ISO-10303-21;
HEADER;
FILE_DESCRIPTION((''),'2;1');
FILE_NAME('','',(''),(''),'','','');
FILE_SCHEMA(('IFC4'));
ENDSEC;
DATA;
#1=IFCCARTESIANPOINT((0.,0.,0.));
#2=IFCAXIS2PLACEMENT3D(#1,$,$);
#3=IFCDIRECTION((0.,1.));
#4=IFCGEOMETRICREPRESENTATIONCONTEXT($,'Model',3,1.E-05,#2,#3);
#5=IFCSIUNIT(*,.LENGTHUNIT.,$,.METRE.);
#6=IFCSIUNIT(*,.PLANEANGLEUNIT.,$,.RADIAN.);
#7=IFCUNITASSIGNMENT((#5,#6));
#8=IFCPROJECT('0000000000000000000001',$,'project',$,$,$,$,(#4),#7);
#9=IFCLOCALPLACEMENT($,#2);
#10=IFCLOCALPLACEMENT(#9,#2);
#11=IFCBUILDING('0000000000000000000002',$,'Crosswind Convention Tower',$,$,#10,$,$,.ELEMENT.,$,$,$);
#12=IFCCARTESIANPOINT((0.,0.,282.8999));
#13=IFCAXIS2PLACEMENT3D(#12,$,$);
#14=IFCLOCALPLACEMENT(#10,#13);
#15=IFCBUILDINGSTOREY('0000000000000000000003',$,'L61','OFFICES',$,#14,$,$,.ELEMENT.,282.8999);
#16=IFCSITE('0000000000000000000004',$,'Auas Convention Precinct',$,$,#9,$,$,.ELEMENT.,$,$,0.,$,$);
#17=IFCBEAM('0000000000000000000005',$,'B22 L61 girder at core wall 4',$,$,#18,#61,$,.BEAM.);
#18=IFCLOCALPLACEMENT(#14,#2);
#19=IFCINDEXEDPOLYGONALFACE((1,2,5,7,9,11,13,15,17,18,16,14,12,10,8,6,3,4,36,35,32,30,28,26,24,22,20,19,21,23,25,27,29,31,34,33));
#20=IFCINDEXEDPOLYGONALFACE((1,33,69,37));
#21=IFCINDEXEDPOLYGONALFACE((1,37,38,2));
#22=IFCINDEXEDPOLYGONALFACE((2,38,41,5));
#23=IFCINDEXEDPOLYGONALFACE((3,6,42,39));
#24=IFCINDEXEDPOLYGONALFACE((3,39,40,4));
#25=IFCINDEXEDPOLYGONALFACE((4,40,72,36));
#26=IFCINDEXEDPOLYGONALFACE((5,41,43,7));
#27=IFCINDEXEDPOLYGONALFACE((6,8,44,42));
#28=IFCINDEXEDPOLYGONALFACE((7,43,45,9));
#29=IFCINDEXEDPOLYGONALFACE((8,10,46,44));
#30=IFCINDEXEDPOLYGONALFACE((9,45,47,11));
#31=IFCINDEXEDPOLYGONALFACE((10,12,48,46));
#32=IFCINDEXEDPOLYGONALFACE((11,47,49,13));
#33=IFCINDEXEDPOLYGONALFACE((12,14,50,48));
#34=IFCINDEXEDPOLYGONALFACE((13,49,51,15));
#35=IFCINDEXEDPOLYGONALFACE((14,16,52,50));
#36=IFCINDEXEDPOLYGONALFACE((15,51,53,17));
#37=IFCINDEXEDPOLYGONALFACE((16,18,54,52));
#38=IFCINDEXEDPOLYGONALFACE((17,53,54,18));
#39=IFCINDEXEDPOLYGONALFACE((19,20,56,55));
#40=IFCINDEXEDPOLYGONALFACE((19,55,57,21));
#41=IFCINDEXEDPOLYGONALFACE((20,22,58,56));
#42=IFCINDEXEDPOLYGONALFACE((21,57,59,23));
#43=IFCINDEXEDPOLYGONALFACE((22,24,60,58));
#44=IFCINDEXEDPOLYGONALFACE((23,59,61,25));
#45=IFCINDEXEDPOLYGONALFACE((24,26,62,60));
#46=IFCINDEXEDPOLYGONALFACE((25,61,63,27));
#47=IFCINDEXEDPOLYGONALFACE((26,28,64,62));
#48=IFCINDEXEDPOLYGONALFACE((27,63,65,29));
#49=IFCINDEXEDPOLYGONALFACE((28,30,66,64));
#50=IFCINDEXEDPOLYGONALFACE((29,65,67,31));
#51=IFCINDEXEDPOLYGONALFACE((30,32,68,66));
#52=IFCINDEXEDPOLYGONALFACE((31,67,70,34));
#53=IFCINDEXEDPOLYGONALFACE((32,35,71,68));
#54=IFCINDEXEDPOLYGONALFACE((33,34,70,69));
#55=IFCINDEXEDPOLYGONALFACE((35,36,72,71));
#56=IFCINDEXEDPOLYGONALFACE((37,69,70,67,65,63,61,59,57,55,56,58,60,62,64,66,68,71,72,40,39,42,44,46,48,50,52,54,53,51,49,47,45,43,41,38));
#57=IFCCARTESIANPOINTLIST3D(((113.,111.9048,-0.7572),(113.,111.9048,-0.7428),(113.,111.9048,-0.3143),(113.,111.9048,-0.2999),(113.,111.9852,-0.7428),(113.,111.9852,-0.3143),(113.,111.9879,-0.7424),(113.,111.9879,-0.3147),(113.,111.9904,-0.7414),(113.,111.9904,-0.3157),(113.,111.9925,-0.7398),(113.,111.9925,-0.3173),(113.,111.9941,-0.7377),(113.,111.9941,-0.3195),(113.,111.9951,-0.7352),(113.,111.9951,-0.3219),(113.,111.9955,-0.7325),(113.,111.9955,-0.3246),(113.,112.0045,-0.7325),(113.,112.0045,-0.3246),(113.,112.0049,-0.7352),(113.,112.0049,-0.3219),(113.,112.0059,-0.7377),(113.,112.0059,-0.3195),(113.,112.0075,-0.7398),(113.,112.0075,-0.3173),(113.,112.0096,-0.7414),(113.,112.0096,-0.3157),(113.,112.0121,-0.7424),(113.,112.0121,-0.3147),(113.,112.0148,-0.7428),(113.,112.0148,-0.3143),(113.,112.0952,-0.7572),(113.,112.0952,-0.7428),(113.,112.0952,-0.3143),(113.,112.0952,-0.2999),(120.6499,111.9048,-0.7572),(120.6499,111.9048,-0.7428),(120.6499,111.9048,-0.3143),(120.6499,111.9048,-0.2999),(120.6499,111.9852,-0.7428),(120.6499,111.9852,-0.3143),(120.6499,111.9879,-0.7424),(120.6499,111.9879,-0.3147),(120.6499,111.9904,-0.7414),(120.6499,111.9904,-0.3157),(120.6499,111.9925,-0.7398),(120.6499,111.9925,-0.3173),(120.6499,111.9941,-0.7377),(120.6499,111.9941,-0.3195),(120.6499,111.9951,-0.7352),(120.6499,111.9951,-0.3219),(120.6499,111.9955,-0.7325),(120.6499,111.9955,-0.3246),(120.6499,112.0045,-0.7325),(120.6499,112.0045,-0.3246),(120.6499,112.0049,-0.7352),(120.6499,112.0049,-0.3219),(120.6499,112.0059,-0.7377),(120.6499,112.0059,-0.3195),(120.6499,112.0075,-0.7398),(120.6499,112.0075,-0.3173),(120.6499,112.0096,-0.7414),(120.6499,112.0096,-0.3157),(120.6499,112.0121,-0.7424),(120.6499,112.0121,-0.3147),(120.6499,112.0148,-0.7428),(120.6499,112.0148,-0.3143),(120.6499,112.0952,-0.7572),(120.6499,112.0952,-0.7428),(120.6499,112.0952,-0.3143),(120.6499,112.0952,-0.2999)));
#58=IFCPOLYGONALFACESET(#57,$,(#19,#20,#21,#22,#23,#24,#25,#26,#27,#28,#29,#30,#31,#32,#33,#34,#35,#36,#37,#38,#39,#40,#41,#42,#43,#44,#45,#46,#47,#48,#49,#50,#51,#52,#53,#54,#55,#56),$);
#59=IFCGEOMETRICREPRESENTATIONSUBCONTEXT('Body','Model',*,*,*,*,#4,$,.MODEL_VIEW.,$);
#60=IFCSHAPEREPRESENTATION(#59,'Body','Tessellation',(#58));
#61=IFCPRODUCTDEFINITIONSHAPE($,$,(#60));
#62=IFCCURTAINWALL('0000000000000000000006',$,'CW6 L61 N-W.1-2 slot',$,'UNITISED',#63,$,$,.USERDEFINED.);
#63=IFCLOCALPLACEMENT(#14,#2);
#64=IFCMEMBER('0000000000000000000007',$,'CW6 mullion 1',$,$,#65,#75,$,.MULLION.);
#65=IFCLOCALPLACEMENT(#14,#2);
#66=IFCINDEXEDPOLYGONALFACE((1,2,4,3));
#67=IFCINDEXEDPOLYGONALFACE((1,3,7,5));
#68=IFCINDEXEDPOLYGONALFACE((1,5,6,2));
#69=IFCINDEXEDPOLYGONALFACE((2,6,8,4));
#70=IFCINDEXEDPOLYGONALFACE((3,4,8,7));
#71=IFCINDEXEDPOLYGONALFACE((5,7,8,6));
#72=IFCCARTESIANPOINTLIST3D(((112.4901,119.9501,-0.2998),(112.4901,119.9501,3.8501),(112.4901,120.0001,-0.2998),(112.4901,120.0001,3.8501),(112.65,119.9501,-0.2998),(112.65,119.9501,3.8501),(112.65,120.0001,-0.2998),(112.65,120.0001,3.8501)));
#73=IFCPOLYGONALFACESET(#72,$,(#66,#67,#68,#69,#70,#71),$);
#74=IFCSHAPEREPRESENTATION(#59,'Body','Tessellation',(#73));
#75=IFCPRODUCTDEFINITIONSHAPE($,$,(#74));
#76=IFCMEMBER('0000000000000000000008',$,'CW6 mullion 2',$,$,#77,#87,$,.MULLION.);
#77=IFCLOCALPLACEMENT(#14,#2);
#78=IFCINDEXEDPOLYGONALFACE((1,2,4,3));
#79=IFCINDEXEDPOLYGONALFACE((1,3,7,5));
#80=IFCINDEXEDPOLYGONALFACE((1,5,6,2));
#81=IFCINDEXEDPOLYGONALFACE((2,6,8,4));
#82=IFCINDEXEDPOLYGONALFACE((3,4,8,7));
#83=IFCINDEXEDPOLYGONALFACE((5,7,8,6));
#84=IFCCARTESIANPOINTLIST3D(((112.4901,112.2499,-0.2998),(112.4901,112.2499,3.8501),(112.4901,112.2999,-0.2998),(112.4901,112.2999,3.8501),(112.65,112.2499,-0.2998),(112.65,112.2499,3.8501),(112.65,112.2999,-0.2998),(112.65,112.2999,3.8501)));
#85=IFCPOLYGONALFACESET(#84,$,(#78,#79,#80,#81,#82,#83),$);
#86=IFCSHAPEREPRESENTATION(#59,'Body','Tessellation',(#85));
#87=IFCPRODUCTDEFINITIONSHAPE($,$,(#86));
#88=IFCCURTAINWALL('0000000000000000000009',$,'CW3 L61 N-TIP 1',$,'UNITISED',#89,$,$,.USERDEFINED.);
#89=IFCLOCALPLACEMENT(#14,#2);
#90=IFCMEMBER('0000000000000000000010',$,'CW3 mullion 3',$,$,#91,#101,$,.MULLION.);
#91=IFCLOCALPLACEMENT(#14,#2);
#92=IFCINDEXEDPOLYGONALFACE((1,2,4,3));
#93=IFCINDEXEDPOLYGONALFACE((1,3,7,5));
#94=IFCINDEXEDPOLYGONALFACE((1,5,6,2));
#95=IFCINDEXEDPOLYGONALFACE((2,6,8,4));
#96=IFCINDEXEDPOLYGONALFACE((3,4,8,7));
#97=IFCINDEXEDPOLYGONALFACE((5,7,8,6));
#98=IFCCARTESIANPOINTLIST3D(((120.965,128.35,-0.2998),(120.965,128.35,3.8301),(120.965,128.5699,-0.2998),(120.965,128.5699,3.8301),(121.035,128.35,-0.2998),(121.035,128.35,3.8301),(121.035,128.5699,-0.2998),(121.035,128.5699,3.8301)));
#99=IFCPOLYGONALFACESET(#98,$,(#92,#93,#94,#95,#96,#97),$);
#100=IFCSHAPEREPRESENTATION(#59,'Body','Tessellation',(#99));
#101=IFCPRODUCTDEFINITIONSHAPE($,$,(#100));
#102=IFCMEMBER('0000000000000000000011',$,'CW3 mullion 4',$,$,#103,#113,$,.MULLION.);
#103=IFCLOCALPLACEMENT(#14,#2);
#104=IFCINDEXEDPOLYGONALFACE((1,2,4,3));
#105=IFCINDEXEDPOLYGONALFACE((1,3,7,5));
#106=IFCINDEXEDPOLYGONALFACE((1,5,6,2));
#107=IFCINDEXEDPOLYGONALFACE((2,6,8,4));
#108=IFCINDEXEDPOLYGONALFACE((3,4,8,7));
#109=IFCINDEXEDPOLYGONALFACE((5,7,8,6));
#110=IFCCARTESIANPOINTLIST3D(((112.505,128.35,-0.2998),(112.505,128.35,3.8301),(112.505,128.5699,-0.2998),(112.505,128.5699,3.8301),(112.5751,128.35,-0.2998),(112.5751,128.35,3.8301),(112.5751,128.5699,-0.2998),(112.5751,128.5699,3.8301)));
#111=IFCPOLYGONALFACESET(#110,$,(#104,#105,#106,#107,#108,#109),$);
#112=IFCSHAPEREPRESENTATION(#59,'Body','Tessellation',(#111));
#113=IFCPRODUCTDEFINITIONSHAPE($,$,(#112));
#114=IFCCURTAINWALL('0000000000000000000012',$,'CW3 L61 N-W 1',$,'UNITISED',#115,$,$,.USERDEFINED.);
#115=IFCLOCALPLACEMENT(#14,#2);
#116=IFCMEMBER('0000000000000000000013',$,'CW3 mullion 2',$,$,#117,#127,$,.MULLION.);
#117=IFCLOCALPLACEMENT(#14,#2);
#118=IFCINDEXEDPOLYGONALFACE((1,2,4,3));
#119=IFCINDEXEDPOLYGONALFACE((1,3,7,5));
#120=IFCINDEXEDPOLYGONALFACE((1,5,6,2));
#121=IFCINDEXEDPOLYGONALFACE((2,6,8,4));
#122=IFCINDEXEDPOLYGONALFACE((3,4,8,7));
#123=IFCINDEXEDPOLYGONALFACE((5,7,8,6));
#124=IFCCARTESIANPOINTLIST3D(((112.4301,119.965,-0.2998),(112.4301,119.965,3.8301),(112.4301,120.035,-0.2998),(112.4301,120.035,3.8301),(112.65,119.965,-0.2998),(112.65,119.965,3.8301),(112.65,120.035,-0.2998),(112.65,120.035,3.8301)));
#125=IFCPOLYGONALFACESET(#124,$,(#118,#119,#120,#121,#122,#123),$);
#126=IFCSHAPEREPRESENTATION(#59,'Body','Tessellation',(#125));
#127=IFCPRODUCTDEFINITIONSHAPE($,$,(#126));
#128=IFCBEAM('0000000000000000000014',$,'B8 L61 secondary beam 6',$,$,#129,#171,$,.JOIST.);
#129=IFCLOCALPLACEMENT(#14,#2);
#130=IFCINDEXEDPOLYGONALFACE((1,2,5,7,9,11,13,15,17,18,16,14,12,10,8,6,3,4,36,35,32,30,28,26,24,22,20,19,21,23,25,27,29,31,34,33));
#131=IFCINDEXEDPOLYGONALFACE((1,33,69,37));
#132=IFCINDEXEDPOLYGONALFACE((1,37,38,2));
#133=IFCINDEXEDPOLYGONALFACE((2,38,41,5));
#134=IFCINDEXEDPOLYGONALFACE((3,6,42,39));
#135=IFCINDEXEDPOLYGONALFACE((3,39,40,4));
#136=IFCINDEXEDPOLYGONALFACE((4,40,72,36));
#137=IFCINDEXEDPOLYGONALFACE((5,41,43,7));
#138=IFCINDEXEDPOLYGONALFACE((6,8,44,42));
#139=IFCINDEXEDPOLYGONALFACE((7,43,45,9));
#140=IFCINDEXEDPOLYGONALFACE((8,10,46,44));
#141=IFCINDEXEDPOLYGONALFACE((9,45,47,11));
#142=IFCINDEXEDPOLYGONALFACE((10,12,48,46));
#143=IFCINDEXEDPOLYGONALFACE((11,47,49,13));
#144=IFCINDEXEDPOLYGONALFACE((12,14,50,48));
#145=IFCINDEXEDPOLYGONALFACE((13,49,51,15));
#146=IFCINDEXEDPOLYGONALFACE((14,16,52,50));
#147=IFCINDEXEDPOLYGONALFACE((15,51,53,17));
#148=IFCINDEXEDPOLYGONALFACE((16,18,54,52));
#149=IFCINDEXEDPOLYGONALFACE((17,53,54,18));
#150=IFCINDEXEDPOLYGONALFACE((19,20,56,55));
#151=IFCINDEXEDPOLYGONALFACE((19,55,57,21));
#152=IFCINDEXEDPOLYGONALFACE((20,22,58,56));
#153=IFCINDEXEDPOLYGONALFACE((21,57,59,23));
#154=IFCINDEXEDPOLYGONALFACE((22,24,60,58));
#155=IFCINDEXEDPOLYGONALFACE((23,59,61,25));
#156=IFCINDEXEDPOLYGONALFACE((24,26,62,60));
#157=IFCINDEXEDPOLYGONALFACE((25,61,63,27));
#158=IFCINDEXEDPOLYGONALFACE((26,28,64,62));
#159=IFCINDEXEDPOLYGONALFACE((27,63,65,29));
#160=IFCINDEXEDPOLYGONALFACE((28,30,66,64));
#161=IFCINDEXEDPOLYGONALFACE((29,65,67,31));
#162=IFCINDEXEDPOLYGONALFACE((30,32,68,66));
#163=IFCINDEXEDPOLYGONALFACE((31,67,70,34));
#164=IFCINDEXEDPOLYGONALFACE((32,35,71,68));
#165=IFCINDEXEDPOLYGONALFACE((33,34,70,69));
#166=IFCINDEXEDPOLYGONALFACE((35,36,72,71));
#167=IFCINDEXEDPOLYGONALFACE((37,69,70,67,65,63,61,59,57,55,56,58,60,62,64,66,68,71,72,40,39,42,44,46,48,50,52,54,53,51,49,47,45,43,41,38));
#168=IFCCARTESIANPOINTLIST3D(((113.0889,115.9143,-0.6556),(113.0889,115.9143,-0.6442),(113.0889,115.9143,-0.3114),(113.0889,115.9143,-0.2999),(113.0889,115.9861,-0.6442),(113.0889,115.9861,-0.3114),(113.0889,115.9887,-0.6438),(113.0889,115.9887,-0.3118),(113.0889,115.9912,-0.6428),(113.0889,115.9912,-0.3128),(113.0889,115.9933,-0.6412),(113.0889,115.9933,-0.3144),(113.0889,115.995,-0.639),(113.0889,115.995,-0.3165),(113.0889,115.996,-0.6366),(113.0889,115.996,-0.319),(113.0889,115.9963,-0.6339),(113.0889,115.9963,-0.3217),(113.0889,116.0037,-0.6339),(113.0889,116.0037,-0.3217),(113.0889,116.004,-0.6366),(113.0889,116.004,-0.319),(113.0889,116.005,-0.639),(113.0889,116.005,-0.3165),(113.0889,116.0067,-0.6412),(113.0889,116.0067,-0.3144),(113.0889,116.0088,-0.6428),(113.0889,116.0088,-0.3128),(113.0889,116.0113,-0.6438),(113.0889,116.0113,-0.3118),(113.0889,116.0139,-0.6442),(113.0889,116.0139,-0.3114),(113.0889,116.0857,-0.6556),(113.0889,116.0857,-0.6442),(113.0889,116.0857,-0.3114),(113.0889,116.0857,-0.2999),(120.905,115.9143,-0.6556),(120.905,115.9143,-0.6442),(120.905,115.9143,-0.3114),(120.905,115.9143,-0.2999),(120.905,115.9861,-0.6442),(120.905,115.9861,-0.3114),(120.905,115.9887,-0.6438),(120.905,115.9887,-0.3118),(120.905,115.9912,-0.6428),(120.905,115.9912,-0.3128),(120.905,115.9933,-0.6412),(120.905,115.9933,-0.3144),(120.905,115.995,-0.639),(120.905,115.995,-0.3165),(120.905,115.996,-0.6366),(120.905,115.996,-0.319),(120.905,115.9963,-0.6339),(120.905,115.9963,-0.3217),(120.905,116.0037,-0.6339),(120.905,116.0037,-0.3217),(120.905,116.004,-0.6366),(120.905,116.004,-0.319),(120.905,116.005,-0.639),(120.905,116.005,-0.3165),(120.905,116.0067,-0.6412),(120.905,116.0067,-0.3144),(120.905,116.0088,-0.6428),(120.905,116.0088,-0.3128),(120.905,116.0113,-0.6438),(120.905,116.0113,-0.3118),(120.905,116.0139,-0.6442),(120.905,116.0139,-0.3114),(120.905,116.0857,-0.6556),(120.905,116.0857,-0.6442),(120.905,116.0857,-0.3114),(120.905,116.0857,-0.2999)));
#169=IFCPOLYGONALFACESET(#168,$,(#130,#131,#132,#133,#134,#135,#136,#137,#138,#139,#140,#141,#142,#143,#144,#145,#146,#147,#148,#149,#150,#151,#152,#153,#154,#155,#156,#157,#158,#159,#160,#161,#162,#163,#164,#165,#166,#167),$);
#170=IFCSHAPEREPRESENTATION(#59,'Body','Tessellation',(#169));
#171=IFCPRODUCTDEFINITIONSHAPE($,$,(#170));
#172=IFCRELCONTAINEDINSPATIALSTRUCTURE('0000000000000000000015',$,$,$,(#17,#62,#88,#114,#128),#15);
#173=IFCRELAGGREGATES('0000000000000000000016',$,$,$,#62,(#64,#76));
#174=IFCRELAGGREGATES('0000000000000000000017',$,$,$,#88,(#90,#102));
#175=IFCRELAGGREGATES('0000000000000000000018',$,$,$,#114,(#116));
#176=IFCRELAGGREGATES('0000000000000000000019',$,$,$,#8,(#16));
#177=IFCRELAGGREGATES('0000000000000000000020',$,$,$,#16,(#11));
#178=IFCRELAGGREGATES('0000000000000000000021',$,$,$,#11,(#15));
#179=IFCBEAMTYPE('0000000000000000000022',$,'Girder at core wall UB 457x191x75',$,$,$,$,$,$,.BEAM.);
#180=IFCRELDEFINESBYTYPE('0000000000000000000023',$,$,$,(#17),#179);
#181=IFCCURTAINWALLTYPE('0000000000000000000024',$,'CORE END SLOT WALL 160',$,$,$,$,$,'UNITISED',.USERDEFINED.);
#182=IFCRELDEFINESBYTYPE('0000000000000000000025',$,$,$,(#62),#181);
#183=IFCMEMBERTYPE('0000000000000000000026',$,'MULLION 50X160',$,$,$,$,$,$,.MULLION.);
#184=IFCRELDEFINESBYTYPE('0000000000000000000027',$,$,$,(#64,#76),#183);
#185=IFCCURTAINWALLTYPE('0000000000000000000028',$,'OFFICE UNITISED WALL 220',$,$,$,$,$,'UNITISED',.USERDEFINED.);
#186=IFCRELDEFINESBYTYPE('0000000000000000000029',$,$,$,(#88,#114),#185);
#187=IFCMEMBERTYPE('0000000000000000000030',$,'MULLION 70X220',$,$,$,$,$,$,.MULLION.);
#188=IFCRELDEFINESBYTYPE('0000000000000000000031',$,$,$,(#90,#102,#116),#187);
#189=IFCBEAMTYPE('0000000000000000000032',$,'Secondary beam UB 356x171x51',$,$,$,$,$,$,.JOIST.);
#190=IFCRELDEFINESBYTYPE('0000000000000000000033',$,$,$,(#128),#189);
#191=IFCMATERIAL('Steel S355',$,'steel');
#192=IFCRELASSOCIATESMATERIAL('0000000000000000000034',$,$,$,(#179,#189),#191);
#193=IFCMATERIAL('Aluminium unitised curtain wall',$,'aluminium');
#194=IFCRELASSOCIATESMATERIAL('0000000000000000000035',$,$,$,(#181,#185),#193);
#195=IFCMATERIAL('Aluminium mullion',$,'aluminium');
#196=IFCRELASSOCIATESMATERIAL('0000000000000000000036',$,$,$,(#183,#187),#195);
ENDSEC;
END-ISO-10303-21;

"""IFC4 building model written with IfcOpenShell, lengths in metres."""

from ifc_helpers import new_model, si_unit, direction, frame, origin, origin_2d, place, context, subcontext, project, spatial, rectangle, i_section, extrude, material, material_profile, profile_set, type_object, element, aggregate, save


model = new_model("IFC4")

# Units and contexts
model_context = context("Model", 3, precision=1e-05, world=origin(), true_north=direction((0.0, 1.0)))
body_context = subcontext(model_context, "Body", "Model", "MODEL_VIEW")
ifc_project = project(units=[si_unit("LENGTHUNIT", "METRE"), si_unit("PLANEANGLEUNIT", "RADIAN")], contexts=[model_context])

# Site, building, storey
site_placement = place(None, origin())
site = spatial("IfcSite", under=ifc_project, at=site_placement, Name="Auas Convention Precinct", CompositionType="ELEMENT", RefElevation=0.0)
building_placement = place(site_placement, origin())
building = spatial("IfcBuilding", under=site, at=building_placement, Name="Crosswind Convention Tower", CompositionType="ELEMENT")
storey_placement = place(building_placement, frame((0.0, 0.0, 282.8999)))
storey = spatial("IfcBuildingStorey", under=building, at=storey_placement, Name="L61", Description="OFFICES", CompositionType="ELEMENT", Elevation=282.8999)

# Beam
ifc_material_1 = material(Name="Steel S355", Category="steel")
ifc_material_profile_1 = material_profile(ifc_material_1, i_section(OverallWidth=0.1904, OverallDepth=0.4573, WebThickness=0.009, FlangeThickness=0.0144, FilletRadius=0.0103, at=origin_2d()), Name="UB 457x191x75")
ifc_profile_set_1 = profile_set([ifc_material_profile_1], Name="Steel S355")
beam_type_1 = type_object("IfcBeamType", Name="Girder at core wall UB 457x191x75", PredefinedType="BEAM", material=ifc_profile_set_1)
beam_1_placement = place(storey_placement, frame((113.0, 112.0, -0.5286), z_axis=(1.0, 0.0, 0.0), x_axis=(0.0, 1.0, 0.0)))
element("IfcBeam", 1, at=beam_1_placement, inside=storey, type_object=beam_type_1, Name="B22 L61 girder at core wall 4", PredefinedType="BEAM", context=body_context, shape_type="SweptSolid", body=[
    extrude(i_section(OverallWidth=0.1904, OverallDepth=0.4573, WebThickness=0.009, FlangeThickness=0.0144, FilletRadius=0.0103, at=origin_2d()), origin(), (0.0, 0.0, 1.0), 7.6499),
])

# Curtain walls, members
ifc_material_2 = material(Name="Aluminium unitised curtain wall", Category="aluminium")
curtain_wall_type_1 = type_object("IfcCurtainWallType", Name="CORE END SLOT WALL 160", ElementType="UNITISED", PredefinedType="USERDEFINED", material=ifc_material_2)
curtain_wall_1_placement = place(storey_placement, origin())
curtain_wall_1 = element("IfcCurtainWall", 2, at=curtain_wall_1_placement, inside=storey, type_object=curtain_wall_type_1, Name="CW6 L61 N-W.1-2 slot", ObjectType="UNITISED", PredefinedType="USERDEFINED")
ifc_material_3 = material(Name="Aluminium mullion", Category="aluminium")
ifc_material_profile_2 = material_profile(ifc_material_3, rectangle(XDim=0.1599, YDim=0.05, at=origin_2d()), Name="AL 160X50")
ifc_profile_set_2 = profile_set([ifc_material_profile_2], Name="Aluminium mullion")
member_type_1 = type_object("IfcMemberType", Name="MULLION 50X160", PredefinedType="MULLION", material=ifc_profile_set_2)
member_1_placement = place(storey_placement, frame((112.5701, 119.9751, -0.2998), z_axis=(0.0, 0.0, 1.0), x_axis=(-1.0, 0.0, 0.0)))
member_1 = element("IfcMember", 3, at=member_1_placement, type_object=member_type_1, Name="CW6 mullion 1", PredefinedType="MULLION", context=body_context, shape_type="SweptSolid", body=[
    extrude(rectangle(XDim=0.1599, YDim=0.05, at=origin_2d()), origin(), (0.0, 0.0, 1.0), 4.1499),
])
member_2_placement = place(storey_placement, frame((112.5701, 112.2749, -0.2998), z_axis=(0.0, 0.0, 1.0), x_axis=(-1.0, 0.0, 0.0)))
member_2 = element("IfcMember", 4, at=member_2_placement, type_object=member_type_1, Name="CW6 mullion 2", PredefinedType="MULLION", context=body_context, shape_type="SweptSolid", body=[
    extrude(rectangle(XDim=0.1599, YDim=0.05, at=origin_2d()), origin(), (0.0, 0.0, 1.0), 4.1499),
])
curtain_wall_type_2 = type_object("IfcCurtainWallType", Name="OFFICE UNITISED WALL 220", ElementType="UNITISED", PredefinedType="USERDEFINED", material=ifc_material_2)
curtain_wall_2_placement = place(storey_placement, origin())
curtain_wall_2 = element("IfcCurtainWall", 5, at=curtain_wall_2_placement, inside=storey, type_object=curtain_wall_type_2, Name="CW3 L61 N-TIP 1", ObjectType="UNITISED", PredefinedType="USERDEFINED")
ifc_material_profile_3 = material_profile(ifc_material_3, rectangle(XDim=0.22, YDim=0.0701, at=origin_2d()), Name="AL 220X70")
ifc_profile_set_3 = profile_set([ifc_material_profile_3], Name="Aluminium mullion")
member_type_2 = type_object("IfcMemberType", Name="MULLION 70X220", PredefinedType="MULLION", material=ifc_profile_set_3)
member_3_placement = place(storey_placement, frame((121.0, 128.46, -0.2998), z_axis=(0.0, 0.0, 1.0), x_axis=(0.0, 1.0, 0.0)))
member_3 = element("IfcMember", 6, at=member_3_placement, type_object=member_type_2, Name="CW3 mullion 3", PredefinedType="MULLION", context=body_context, shape_type="SweptSolid", body=[
    extrude(rectangle(XDim=0.22, YDim=0.0701, at=origin_2d()), origin(), (0.0, 0.0, 1.0), 4.1299),
])
member_4_placement = place(storey_placement, frame((112.54, 128.46, -0.2998), z_axis=(0.0, 0.0, 1.0), x_axis=(0.0, 1.0, 0.0)))
member_4 = element("IfcMember", 7, at=member_4_placement, type_object=member_type_2, Name="CW3 mullion 4", PredefinedType="MULLION", context=body_context, shape_type="SweptSolid", body=[
    extrude(rectangle(XDim=0.22, YDim=0.0701, at=origin_2d()), origin(), (0.0, 0.0, 1.0), 4.1299),
])

# Curtain wall, member
curtain_wall_3_placement = place(storey_placement, origin())
curtain_wall_3 = element("IfcCurtainWall", 8, at=curtain_wall_3_placement, inside=storey, type_object=curtain_wall_type_2, Name="CW3 L61 N-W 1", ObjectType="UNITISED", PredefinedType="USERDEFINED")
member_5_placement = place(storey_placement, frame((112.54, 120.0, -0.2998), z_axis=(0.0, 0.0, 1.0), x_axis=(-1.0, 0.0, 0.0)))
member_5 = element("IfcMember", 9, at=member_5_placement, type_object=member_type_2, Name="CW3 mullion 2", PredefinedType="MULLION", context=body_context, shape_type="SweptSolid", body=[
    extrude(rectangle(XDim=0.22, YDim=0.0701, at=origin_2d()), origin(), (0.0, 0.0, 1.0), 4.1299),
])

# Beam
ifc_material_profile_4 = material_profile(ifc_material_1, i_section(OverallWidth=0.1714, OverallDepth=0.3557, WebThickness=0.0073, FlangeThickness=0.0115, FilletRadius=0.0103, at=origin_2d()), Name="UB 356x171x51")
ifc_profile_set_4 = profile_set([ifc_material_profile_4], Name="Steel S355")
beam_type_2 = type_object("IfcBeamType", Name="Secondary beam UB 356x171x51", PredefinedType="JOIST", material=ifc_profile_set_4)
for number, where, z_axis, x_axis, name in (
    (10, (113.0889, 116.0, -0.4778), (1.0, 0.0, 0.0), (0.0, 1.0, 0.0), "B8 L61 secondary beam 6"),
):
    element("IfcBeam", number, at=place(storey_placement, frame(where, z_axis=z_axis, x_axis=x_axis)), inside=storey, type_object=beam_type_2, Name=name, PredefinedType="JOIST", context=body_context, shape_type="SweptSolid", body=[
        extrude(i_section(OverallWidth=0.1714, OverallDepth=0.3557, WebThickness=0.0073, FlangeThickness=0.0115, FilletRadius=0.0103, at=origin_2d()), origin(), (0.0, 0.0, 1.0), 7.8162),
    ])

aggregate(curtain_wall_1, [member_1, member_2])
aggregate(curtain_wall_2, [member_3, member_4])

aggregate(curtain_wall_3, [member_5])

save(model, "model.ifc")
